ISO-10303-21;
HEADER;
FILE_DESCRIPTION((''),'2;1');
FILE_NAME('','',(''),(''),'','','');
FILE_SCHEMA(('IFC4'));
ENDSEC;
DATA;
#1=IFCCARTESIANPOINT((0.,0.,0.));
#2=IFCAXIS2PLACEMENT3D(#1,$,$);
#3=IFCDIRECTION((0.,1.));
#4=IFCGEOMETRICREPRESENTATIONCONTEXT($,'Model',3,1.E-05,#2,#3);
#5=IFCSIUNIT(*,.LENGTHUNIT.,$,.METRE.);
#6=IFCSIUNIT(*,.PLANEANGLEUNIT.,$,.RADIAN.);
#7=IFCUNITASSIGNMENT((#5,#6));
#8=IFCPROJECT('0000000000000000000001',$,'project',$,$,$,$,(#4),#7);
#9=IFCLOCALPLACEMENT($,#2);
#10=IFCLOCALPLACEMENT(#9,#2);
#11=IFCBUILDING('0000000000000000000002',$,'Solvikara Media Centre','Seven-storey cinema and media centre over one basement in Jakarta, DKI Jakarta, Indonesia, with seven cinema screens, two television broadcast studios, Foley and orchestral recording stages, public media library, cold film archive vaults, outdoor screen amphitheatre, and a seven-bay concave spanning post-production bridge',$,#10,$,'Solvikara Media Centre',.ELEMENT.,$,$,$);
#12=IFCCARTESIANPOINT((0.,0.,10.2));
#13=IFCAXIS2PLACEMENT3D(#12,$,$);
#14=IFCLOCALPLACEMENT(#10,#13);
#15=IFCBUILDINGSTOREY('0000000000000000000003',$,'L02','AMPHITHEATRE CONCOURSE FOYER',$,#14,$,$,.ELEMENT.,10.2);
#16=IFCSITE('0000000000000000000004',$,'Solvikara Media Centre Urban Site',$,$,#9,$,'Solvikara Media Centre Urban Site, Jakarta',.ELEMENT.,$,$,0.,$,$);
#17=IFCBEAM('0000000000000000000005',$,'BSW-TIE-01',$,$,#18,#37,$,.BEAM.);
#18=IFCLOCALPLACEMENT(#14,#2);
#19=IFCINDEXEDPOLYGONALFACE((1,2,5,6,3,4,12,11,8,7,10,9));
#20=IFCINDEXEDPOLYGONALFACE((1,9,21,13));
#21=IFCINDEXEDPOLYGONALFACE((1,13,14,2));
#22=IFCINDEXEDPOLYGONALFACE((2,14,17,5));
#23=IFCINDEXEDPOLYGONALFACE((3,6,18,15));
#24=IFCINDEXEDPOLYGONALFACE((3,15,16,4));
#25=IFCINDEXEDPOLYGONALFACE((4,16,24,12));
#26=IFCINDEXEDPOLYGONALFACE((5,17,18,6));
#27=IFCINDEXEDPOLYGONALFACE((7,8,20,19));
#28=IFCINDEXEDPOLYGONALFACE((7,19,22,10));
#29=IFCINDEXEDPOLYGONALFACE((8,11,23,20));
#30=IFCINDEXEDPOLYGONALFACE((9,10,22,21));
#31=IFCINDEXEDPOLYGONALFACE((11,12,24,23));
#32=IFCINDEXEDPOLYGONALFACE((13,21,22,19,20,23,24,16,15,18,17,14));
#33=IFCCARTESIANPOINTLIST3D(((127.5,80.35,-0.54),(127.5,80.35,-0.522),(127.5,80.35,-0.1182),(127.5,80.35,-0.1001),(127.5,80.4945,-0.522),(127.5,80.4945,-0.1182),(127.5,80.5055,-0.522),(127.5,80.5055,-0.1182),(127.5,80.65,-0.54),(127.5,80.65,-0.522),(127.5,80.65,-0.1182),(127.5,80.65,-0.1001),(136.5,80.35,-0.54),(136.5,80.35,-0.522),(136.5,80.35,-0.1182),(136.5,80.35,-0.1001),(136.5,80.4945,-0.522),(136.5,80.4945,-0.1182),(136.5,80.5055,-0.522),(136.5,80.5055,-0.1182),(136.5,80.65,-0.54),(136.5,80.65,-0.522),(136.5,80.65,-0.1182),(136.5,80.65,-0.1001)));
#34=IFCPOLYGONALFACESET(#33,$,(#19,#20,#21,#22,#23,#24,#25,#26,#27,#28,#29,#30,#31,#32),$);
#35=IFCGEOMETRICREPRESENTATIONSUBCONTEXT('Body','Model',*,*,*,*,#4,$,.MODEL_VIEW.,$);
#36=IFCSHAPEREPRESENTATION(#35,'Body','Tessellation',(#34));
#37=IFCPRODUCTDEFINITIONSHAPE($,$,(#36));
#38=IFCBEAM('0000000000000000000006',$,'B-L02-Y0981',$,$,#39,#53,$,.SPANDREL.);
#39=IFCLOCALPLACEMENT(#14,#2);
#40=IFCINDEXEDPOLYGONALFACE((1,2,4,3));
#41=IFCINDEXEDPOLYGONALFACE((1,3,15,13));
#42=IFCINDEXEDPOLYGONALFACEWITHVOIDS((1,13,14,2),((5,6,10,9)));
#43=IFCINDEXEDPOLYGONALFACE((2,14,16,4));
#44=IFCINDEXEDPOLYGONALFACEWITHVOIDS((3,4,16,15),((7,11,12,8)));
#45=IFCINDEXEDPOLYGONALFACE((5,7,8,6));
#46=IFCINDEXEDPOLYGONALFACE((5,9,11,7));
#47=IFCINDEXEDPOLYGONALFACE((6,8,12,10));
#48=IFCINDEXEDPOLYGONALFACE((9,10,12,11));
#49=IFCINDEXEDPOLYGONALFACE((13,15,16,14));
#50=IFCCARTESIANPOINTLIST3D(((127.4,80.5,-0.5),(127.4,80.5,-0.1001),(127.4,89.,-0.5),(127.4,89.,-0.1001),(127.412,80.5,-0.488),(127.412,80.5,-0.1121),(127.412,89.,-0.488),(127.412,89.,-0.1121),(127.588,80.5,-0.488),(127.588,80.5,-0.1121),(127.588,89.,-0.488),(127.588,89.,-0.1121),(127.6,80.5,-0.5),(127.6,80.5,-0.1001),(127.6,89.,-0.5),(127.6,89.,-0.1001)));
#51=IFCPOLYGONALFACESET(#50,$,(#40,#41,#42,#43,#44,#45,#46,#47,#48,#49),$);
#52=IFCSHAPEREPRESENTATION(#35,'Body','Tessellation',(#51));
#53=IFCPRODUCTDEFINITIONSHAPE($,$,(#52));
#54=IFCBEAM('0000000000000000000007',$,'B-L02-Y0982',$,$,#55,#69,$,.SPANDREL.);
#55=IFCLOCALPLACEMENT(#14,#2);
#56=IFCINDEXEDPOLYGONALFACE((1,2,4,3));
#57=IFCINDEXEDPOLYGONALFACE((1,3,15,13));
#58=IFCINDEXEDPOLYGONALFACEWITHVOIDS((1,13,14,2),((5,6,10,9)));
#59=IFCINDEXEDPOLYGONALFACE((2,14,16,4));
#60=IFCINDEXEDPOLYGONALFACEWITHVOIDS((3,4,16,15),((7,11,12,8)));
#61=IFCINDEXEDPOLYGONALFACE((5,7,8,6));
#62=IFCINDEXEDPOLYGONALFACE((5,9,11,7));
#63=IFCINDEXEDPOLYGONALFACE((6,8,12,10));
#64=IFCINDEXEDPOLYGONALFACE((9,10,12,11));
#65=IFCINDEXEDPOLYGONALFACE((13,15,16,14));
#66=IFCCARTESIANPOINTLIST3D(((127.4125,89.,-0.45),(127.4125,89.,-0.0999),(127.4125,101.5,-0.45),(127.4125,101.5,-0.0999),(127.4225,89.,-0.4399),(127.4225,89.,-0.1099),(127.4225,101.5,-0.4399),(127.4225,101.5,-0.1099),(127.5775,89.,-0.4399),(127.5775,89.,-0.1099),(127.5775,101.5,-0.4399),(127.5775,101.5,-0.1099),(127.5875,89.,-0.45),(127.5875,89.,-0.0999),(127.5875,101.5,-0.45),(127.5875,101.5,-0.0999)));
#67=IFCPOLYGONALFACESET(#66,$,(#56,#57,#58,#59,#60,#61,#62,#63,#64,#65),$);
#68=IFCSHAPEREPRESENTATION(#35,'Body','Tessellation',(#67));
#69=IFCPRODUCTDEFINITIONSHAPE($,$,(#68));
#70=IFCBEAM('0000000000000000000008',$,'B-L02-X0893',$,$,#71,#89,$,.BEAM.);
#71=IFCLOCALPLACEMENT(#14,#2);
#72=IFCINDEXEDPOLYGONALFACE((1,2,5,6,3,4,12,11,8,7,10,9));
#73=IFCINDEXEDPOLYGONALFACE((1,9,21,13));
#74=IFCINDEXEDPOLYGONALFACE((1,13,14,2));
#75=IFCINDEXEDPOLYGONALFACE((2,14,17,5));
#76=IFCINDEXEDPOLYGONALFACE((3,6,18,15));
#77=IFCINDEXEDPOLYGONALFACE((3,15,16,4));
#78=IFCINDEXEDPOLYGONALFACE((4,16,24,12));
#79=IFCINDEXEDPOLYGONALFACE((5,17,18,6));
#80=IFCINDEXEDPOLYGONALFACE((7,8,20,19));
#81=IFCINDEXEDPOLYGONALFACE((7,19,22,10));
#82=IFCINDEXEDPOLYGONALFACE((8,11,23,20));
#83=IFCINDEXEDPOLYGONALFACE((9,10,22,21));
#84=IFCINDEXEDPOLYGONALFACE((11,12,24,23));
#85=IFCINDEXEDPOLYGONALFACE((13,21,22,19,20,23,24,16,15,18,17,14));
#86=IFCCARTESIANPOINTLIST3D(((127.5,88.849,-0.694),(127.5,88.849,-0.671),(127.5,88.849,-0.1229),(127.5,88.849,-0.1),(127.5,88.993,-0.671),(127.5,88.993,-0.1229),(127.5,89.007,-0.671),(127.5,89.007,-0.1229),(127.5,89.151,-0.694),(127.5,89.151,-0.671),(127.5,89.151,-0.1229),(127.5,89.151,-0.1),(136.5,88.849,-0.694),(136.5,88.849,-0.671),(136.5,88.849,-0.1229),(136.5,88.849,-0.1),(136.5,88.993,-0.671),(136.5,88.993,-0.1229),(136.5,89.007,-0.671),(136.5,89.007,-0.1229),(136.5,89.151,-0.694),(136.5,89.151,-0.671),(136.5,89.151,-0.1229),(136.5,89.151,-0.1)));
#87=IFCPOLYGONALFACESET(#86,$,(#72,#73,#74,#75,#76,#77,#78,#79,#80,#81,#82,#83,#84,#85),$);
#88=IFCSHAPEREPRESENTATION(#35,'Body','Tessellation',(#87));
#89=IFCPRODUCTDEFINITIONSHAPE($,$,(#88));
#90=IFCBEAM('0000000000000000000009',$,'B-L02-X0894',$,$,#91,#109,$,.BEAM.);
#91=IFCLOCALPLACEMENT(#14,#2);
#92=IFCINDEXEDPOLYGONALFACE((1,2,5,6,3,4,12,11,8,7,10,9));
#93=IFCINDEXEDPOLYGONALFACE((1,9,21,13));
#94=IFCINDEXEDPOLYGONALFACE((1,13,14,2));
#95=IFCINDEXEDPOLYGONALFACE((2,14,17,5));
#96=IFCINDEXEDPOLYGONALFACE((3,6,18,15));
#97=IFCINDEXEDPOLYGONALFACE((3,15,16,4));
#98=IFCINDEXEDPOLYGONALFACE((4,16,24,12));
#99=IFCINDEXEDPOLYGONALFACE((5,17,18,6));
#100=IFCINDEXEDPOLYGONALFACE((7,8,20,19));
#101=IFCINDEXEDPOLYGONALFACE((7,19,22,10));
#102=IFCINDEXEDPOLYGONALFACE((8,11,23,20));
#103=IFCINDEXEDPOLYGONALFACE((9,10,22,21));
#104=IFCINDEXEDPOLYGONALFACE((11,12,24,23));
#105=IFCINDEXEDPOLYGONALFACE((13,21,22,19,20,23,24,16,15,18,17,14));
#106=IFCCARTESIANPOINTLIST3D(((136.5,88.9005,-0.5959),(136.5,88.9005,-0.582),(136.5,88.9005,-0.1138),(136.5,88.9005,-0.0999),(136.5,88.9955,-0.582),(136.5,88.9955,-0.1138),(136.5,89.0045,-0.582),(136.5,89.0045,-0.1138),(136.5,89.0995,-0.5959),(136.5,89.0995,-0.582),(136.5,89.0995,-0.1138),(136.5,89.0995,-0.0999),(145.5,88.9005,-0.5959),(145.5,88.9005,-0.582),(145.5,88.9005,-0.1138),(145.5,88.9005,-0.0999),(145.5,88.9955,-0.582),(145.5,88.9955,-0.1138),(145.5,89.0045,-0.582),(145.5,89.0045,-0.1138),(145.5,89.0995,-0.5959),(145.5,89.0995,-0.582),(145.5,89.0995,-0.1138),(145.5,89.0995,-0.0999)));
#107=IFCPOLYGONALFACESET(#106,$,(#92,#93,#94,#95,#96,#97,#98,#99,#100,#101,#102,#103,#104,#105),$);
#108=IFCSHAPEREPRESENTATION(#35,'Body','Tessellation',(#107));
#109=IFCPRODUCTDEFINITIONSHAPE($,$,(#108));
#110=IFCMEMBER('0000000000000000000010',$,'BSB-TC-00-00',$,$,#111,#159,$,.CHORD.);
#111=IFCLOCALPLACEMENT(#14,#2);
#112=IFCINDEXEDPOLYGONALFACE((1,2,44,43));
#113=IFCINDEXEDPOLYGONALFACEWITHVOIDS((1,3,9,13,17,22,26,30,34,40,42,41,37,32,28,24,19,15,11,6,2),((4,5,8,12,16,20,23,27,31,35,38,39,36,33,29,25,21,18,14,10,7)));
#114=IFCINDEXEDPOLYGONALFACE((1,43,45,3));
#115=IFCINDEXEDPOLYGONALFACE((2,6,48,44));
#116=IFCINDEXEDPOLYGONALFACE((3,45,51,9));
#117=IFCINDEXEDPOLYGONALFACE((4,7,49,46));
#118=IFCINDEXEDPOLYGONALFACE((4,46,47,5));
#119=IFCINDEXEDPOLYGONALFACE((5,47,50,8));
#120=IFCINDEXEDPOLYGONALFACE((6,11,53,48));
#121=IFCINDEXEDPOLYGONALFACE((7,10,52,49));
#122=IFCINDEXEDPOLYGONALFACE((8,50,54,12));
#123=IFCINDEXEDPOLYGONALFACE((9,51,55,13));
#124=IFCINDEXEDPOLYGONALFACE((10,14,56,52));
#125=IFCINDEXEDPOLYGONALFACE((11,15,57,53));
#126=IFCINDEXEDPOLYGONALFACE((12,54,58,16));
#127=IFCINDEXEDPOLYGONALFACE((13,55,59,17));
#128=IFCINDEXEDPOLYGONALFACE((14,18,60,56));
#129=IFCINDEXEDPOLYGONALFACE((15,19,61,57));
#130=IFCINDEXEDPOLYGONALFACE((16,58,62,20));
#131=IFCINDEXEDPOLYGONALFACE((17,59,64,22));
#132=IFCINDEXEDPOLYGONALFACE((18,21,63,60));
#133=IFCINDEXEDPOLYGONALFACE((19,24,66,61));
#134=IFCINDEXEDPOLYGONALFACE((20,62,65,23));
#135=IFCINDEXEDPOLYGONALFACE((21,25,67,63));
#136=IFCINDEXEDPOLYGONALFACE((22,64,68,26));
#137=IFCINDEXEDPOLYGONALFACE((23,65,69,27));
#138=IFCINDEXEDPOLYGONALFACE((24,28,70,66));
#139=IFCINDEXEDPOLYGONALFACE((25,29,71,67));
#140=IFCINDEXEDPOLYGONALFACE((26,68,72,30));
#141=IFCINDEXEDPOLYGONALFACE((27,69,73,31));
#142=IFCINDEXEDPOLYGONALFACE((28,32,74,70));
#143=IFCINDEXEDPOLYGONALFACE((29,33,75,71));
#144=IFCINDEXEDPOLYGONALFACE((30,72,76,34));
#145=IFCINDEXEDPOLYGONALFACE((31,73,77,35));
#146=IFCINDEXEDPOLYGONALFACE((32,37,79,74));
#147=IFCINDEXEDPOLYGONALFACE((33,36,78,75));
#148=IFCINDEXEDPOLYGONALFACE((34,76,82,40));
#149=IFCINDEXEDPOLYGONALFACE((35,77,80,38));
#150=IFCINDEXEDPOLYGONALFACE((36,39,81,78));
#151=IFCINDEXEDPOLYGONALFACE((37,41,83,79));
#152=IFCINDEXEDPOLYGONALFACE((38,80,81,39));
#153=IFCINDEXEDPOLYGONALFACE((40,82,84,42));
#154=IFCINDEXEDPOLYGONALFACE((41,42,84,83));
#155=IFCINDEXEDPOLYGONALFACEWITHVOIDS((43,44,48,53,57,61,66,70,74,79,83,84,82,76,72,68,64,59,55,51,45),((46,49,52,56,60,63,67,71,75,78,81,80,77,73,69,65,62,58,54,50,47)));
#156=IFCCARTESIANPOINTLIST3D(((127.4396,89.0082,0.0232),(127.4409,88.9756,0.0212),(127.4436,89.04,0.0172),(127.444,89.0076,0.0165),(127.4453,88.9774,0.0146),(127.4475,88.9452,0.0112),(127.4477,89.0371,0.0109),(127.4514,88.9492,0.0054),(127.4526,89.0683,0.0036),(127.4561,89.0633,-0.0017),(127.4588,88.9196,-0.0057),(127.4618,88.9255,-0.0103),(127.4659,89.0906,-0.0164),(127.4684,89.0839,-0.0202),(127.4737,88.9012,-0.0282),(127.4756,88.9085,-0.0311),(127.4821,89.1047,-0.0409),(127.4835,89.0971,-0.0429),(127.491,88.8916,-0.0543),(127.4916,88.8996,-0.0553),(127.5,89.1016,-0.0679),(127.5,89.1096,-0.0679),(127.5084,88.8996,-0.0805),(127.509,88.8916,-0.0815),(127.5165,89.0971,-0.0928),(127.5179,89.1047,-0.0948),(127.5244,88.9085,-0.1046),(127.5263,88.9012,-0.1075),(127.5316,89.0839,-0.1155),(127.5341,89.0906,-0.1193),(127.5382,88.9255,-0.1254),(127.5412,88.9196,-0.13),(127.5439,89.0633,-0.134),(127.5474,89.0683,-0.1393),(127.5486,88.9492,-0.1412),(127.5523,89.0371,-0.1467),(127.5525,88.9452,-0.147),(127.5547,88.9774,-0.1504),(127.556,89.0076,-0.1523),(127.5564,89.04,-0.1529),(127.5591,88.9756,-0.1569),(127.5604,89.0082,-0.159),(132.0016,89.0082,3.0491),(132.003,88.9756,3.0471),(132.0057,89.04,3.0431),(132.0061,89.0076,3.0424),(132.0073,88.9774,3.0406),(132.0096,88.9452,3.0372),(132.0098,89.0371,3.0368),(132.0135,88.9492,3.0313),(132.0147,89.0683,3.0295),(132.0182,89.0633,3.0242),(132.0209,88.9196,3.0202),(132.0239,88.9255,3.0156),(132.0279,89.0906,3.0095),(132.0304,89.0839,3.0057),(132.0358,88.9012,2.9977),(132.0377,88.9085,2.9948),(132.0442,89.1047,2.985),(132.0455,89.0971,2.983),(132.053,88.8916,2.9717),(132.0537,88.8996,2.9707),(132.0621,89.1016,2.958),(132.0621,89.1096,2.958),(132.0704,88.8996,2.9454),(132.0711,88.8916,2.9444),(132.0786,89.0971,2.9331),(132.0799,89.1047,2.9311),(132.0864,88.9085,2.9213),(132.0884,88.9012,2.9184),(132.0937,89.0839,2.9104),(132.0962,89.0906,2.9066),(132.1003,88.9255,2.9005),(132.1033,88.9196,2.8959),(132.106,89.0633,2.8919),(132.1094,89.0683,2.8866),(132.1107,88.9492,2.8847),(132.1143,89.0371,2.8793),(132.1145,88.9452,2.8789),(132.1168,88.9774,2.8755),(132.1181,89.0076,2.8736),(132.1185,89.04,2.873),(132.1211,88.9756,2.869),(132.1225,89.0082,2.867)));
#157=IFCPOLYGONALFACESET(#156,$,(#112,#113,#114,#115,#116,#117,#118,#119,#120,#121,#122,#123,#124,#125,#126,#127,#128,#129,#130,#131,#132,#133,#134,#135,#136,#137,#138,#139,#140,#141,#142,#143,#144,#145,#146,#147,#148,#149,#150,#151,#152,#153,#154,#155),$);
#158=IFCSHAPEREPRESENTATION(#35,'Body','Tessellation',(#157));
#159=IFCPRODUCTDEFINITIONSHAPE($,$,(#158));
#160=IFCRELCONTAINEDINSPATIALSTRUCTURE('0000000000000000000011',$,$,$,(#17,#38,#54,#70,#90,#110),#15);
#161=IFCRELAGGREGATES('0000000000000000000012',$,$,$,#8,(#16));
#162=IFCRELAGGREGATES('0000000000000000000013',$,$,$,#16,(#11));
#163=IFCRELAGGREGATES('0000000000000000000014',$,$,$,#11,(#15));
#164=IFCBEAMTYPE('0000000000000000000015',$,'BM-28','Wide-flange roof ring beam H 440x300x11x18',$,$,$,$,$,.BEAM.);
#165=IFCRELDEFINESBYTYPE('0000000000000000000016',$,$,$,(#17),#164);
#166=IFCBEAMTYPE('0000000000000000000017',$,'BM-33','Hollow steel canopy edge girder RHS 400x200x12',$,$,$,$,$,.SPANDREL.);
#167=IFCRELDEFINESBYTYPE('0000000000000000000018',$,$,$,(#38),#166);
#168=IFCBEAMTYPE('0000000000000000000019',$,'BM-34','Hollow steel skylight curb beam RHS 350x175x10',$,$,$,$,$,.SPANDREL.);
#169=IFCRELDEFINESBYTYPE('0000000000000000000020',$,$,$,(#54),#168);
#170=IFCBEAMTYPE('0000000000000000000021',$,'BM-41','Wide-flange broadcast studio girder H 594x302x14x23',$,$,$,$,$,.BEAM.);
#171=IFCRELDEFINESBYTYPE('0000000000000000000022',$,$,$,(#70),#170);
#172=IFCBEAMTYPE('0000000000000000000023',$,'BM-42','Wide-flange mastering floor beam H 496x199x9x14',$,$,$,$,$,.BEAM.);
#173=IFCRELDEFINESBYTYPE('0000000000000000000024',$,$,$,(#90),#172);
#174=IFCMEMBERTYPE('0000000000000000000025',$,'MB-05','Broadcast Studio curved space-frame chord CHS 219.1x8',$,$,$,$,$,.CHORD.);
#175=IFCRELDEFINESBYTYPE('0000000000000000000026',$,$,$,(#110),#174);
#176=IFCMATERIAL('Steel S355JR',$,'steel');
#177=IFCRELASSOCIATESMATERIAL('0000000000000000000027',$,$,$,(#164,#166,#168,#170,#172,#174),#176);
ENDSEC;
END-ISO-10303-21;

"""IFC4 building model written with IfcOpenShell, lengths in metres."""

from ifc_helpers import new_model, si_unit, direction, frame, origin, origin_2d, place, context, subcontext, project, spatial, hollow_rectangle, hollow_circle, i_section, extrude, material, material_profile, profile_set, type_object, element, save


model = new_model("IFC4")

# Units and contexts
model_context = context("Model", 3, precision=1e-05, world=origin(), true_north=direction((0.0, 1.0)))
body_context = subcontext(model_context, "Body", "Model", "MODEL_VIEW")
ifc_project = project(units=[si_unit("LENGTHUNIT", "METRE"), si_unit("PLANEANGLEUNIT", "RADIAN")], contexts=[model_context])

# Site, building, storey
site_placement = place(None, origin())
site = spatial("IfcSite", under=ifc_project, at=site_placement, Name="Solvikara Media Centre Urban Site", LongName="Solvikara Media Centre Urban Site, Jakarta", CompositionType="ELEMENT", RefElevation=0.0)
building_placement = place(site_placement, origin())
building = spatial("IfcBuilding", under=site, at=building_placement, Name="Solvikara Media Centre", Description="Seven-storey cinema and media centre over one basement in Jakarta, DKI Jakarta, Indonesia, with seven cinema screens, two television broadcast studios, Foley and orchestral recording stages, public media library, cold film archive vaults, outdoor screen amphitheatre, and a seven-bay concave spanning post-production bridge", LongName="Solvikara Media Centre", CompositionType="ELEMENT")
storey_placement = place(building_placement, frame((0.0, 0.0, 10.2)))
storey = spatial("IfcBuildingStorey", under=building, at=storey_placement, Name="L02", Description="AMPHITHEATRE CONCOURSE FOYER", CompositionType="ELEMENT", Elevation=10.2)

# Beams
ifc_material_1 = material(Name="Steel S355JR", Category="steel")
ifc_material_profile_1 = material_profile(ifc_material_1, i_section(OverallWidth=0.3, OverallDepth=0.4399, WebThickness=0.011, FlangeThickness=0.0181, at=origin_2d()), Name="H 440x300x11x18")
ifc_profile_set_1 = profile_set([ifc_material_profile_1], Name="Steel S355JR")
beam_type_1 = type_object("IfcBeamType", Name="BM-28", Description="Wide-flange roof ring beam H 440x300x11x18", PredefinedType="BEAM", material=ifc_profile_set_1)
beam_1_placement = place(storey_placement, frame((127.5, 80.5, -0.3201), z_axis=(1.0, 0.0, 0.0), x_axis=(0.0, 1.0, 0.0)))
element("IfcBeam", 1, at=beam_1_placement, inside=storey, type_object=beam_type_1, Name="BSW-TIE-01", PredefinedType="BEAM", context=body_context, shape_type="SweptSolid", body=[
    extrude(i_section(OverallWidth=0.3, OverallDepth=0.4399, WebThickness=0.011, FlangeThickness=0.0181, at=origin_2d()), origin(), (0.0, 0.0, 1.0), 9.0),
])
ifc_material_profile_2 = material_profile(ifc_material_1, hollow_rectangle(XDim=0.2, YDim=0.3999, WallThickness=0.012, at=origin_2d()), Name="RHS 400x200x12")
ifc_profile_set_2 = profile_set([ifc_material_profile_2], Name="Steel S355JR")
beam_type_2 = type_object("IfcBeamType", Name="BM-33", Description="Hollow steel canopy edge girder RHS 400x200x12", PredefinedType="SPANDREL", material=ifc_profile_set_2)
beam_2_placement = place(storey_placement, frame((127.5, 80.5, -0.3), z_axis=(0.0, 1.0, 0.0), x_axis=(-1.0, 0.0, 0.0)))
element("IfcBeam", 2, at=beam_2_placement, inside=storey, type_object=beam_type_2, Name="B-L02-Y0981", PredefinedType="SPANDREL", context=body_context, shape_type="SweptSolid", body=[
    extrude(hollow_rectangle(XDim=0.2, YDim=0.3999, WallThickness=0.012, at=origin_2d()), origin(), (0.0, 0.0, 1.0), 8.5),
])
ifc_material_profile_3 = material_profile(ifc_material_1, hollow_rectangle(XDim=0.175, YDim=0.3501, WallThickness=0.01, at=origin_2d()), Name="RHS 350x175x10")
ifc_profile_set_3 = profile_set([ifc_material_profile_3], Name="Steel S355JR")
beam_type_3 = type_object("IfcBeamType", Name="BM-34", Description="Hollow steel skylight curb beam RHS 350x175x10", PredefinedType="SPANDREL", material=ifc_profile_set_3)
beam_3_placement = place(storey_placement, frame((127.5, 89.0, -0.2749), z_axis=(0.0, 1.0, 0.0), x_axis=(-1.0, 0.0, 0.0)))
element("IfcBeam", 3, at=beam_3_placement, inside=storey, type_object=beam_type_3, Name="B-L02-Y0982", PredefinedType="SPANDREL", context=body_context, shape_type="SweptSolid", body=[
    extrude(hollow_rectangle(XDim=0.175, YDim=0.3501, WallThickness=0.01, at=origin_2d()), origin(), (0.0, 0.0, 1.0), 12.5),
])
ifc_material_profile_4 = material_profile(ifc_material_1, i_section(OverallWidth=0.302, OverallDepth=0.594, WebThickness=0.0139, FlangeThickness=0.0229, at=origin_2d()), Name="H 594x302x14x23")
ifc_profile_set_4 = profile_set([ifc_material_profile_4], Name="Steel S355JR")
beam_type_4 = type_object("IfcBeamType", Name="BM-41", Description="Wide-flange broadcast studio girder H 594x302x14x23", PredefinedType="BEAM", material=ifc_profile_set_4)
beam_4_placement = place(storey_placement, frame((127.5, 89.0, -0.397), z_axis=(1.0, 0.0, 0.0), x_axis=(0.0, 1.0, 0.0)))
element("IfcBeam", 4, at=beam_4_placement, inside=storey, type_object=beam_type_4, Name="B-L02-X0893", PredefinedType="BEAM", context=body_context, shape_type="SweptSolid", body=[
    extrude(i_section(OverallWidth=0.302, OverallDepth=0.594, WebThickness=0.0139, FlangeThickness=0.0229, at=origin_2d()), origin(), (0.0, 0.0, 1.0), 9.0),
])
ifc_material_profile_5 = material_profile(ifc_material_1, i_section(OverallWidth=0.199, OverallDepth=0.4961, WebThickness=0.009, FlangeThickness=0.0139, at=origin_2d()), Name="H 496x199x9x14")
ifc_profile_set_5 = profile_set([ifc_material_profile_5], Name="Steel S355JR")
beam_type_5 = type_object("IfcBeamType", Name="BM-42", Description="Wide-flange mastering floor beam H 496x199x9x14", PredefinedType="BEAM", material=ifc_profile_set_5)
beam_5_placement = place(storey_placement, frame((136.5, 89.0, -0.3479), z_axis=(1.0, 0.0, 0.0), x_axis=(0.0, 1.0, 0.0)))
element("IfcBeam", 5, at=beam_5_placement, inside=storey, type_object=beam_type_5, Name="B-L02-X0894", PredefinedType="BEAM", context=body_context, shape_type="SweptSolid", body=[
    extrude(i_section(OverallWidth=0.199, OverallDepth=0.4961, WebThickness=0.009, FlangeThickness=0.0139, at=origin_2d()), origin(), (0.0, 0.0, 1.0), 9.0),
])

# Member
ifc_material_profile_6 = material_profile(ifc_material_1, hollow_circle(Radius=0.1096, WallThickness=0.0081, at=origin_2d()), Name="CHS 219.1x8")
ifc_profile_set_6 = profile_set([ifc_material_profile_6], Name="Steel S355JR")
member_type_1 = type_object("IfcMemberType", Name="MB-05", Description="Broadcast Studio curved space-frame chord CHS 219.1x8", PredefinedType="CHORD", material=ifc_profile_set_6)
member_1_placement = place(storey_placement, frame((127.5, 89.0, -0.0679), z_axis=(0.833352, 0.0, 0.552743), x_axis=(0.0, 1.0, 0.0)))
element("IfcMember", 6, at=member_1_placement, inside=storey, type_object=member_type_1, Name="BSB-TC-00-00", PredefinedType="CHORD", context=body_context, shape_type="SweptSolid", body=[
    extrude(hollow_circle(Radius=0.1096, WallThickness=0.0081, at=origin_2d()), origin(), (0.0, 0.0, 1.0), 5.4744),
])

save(model, "model.ifc")
